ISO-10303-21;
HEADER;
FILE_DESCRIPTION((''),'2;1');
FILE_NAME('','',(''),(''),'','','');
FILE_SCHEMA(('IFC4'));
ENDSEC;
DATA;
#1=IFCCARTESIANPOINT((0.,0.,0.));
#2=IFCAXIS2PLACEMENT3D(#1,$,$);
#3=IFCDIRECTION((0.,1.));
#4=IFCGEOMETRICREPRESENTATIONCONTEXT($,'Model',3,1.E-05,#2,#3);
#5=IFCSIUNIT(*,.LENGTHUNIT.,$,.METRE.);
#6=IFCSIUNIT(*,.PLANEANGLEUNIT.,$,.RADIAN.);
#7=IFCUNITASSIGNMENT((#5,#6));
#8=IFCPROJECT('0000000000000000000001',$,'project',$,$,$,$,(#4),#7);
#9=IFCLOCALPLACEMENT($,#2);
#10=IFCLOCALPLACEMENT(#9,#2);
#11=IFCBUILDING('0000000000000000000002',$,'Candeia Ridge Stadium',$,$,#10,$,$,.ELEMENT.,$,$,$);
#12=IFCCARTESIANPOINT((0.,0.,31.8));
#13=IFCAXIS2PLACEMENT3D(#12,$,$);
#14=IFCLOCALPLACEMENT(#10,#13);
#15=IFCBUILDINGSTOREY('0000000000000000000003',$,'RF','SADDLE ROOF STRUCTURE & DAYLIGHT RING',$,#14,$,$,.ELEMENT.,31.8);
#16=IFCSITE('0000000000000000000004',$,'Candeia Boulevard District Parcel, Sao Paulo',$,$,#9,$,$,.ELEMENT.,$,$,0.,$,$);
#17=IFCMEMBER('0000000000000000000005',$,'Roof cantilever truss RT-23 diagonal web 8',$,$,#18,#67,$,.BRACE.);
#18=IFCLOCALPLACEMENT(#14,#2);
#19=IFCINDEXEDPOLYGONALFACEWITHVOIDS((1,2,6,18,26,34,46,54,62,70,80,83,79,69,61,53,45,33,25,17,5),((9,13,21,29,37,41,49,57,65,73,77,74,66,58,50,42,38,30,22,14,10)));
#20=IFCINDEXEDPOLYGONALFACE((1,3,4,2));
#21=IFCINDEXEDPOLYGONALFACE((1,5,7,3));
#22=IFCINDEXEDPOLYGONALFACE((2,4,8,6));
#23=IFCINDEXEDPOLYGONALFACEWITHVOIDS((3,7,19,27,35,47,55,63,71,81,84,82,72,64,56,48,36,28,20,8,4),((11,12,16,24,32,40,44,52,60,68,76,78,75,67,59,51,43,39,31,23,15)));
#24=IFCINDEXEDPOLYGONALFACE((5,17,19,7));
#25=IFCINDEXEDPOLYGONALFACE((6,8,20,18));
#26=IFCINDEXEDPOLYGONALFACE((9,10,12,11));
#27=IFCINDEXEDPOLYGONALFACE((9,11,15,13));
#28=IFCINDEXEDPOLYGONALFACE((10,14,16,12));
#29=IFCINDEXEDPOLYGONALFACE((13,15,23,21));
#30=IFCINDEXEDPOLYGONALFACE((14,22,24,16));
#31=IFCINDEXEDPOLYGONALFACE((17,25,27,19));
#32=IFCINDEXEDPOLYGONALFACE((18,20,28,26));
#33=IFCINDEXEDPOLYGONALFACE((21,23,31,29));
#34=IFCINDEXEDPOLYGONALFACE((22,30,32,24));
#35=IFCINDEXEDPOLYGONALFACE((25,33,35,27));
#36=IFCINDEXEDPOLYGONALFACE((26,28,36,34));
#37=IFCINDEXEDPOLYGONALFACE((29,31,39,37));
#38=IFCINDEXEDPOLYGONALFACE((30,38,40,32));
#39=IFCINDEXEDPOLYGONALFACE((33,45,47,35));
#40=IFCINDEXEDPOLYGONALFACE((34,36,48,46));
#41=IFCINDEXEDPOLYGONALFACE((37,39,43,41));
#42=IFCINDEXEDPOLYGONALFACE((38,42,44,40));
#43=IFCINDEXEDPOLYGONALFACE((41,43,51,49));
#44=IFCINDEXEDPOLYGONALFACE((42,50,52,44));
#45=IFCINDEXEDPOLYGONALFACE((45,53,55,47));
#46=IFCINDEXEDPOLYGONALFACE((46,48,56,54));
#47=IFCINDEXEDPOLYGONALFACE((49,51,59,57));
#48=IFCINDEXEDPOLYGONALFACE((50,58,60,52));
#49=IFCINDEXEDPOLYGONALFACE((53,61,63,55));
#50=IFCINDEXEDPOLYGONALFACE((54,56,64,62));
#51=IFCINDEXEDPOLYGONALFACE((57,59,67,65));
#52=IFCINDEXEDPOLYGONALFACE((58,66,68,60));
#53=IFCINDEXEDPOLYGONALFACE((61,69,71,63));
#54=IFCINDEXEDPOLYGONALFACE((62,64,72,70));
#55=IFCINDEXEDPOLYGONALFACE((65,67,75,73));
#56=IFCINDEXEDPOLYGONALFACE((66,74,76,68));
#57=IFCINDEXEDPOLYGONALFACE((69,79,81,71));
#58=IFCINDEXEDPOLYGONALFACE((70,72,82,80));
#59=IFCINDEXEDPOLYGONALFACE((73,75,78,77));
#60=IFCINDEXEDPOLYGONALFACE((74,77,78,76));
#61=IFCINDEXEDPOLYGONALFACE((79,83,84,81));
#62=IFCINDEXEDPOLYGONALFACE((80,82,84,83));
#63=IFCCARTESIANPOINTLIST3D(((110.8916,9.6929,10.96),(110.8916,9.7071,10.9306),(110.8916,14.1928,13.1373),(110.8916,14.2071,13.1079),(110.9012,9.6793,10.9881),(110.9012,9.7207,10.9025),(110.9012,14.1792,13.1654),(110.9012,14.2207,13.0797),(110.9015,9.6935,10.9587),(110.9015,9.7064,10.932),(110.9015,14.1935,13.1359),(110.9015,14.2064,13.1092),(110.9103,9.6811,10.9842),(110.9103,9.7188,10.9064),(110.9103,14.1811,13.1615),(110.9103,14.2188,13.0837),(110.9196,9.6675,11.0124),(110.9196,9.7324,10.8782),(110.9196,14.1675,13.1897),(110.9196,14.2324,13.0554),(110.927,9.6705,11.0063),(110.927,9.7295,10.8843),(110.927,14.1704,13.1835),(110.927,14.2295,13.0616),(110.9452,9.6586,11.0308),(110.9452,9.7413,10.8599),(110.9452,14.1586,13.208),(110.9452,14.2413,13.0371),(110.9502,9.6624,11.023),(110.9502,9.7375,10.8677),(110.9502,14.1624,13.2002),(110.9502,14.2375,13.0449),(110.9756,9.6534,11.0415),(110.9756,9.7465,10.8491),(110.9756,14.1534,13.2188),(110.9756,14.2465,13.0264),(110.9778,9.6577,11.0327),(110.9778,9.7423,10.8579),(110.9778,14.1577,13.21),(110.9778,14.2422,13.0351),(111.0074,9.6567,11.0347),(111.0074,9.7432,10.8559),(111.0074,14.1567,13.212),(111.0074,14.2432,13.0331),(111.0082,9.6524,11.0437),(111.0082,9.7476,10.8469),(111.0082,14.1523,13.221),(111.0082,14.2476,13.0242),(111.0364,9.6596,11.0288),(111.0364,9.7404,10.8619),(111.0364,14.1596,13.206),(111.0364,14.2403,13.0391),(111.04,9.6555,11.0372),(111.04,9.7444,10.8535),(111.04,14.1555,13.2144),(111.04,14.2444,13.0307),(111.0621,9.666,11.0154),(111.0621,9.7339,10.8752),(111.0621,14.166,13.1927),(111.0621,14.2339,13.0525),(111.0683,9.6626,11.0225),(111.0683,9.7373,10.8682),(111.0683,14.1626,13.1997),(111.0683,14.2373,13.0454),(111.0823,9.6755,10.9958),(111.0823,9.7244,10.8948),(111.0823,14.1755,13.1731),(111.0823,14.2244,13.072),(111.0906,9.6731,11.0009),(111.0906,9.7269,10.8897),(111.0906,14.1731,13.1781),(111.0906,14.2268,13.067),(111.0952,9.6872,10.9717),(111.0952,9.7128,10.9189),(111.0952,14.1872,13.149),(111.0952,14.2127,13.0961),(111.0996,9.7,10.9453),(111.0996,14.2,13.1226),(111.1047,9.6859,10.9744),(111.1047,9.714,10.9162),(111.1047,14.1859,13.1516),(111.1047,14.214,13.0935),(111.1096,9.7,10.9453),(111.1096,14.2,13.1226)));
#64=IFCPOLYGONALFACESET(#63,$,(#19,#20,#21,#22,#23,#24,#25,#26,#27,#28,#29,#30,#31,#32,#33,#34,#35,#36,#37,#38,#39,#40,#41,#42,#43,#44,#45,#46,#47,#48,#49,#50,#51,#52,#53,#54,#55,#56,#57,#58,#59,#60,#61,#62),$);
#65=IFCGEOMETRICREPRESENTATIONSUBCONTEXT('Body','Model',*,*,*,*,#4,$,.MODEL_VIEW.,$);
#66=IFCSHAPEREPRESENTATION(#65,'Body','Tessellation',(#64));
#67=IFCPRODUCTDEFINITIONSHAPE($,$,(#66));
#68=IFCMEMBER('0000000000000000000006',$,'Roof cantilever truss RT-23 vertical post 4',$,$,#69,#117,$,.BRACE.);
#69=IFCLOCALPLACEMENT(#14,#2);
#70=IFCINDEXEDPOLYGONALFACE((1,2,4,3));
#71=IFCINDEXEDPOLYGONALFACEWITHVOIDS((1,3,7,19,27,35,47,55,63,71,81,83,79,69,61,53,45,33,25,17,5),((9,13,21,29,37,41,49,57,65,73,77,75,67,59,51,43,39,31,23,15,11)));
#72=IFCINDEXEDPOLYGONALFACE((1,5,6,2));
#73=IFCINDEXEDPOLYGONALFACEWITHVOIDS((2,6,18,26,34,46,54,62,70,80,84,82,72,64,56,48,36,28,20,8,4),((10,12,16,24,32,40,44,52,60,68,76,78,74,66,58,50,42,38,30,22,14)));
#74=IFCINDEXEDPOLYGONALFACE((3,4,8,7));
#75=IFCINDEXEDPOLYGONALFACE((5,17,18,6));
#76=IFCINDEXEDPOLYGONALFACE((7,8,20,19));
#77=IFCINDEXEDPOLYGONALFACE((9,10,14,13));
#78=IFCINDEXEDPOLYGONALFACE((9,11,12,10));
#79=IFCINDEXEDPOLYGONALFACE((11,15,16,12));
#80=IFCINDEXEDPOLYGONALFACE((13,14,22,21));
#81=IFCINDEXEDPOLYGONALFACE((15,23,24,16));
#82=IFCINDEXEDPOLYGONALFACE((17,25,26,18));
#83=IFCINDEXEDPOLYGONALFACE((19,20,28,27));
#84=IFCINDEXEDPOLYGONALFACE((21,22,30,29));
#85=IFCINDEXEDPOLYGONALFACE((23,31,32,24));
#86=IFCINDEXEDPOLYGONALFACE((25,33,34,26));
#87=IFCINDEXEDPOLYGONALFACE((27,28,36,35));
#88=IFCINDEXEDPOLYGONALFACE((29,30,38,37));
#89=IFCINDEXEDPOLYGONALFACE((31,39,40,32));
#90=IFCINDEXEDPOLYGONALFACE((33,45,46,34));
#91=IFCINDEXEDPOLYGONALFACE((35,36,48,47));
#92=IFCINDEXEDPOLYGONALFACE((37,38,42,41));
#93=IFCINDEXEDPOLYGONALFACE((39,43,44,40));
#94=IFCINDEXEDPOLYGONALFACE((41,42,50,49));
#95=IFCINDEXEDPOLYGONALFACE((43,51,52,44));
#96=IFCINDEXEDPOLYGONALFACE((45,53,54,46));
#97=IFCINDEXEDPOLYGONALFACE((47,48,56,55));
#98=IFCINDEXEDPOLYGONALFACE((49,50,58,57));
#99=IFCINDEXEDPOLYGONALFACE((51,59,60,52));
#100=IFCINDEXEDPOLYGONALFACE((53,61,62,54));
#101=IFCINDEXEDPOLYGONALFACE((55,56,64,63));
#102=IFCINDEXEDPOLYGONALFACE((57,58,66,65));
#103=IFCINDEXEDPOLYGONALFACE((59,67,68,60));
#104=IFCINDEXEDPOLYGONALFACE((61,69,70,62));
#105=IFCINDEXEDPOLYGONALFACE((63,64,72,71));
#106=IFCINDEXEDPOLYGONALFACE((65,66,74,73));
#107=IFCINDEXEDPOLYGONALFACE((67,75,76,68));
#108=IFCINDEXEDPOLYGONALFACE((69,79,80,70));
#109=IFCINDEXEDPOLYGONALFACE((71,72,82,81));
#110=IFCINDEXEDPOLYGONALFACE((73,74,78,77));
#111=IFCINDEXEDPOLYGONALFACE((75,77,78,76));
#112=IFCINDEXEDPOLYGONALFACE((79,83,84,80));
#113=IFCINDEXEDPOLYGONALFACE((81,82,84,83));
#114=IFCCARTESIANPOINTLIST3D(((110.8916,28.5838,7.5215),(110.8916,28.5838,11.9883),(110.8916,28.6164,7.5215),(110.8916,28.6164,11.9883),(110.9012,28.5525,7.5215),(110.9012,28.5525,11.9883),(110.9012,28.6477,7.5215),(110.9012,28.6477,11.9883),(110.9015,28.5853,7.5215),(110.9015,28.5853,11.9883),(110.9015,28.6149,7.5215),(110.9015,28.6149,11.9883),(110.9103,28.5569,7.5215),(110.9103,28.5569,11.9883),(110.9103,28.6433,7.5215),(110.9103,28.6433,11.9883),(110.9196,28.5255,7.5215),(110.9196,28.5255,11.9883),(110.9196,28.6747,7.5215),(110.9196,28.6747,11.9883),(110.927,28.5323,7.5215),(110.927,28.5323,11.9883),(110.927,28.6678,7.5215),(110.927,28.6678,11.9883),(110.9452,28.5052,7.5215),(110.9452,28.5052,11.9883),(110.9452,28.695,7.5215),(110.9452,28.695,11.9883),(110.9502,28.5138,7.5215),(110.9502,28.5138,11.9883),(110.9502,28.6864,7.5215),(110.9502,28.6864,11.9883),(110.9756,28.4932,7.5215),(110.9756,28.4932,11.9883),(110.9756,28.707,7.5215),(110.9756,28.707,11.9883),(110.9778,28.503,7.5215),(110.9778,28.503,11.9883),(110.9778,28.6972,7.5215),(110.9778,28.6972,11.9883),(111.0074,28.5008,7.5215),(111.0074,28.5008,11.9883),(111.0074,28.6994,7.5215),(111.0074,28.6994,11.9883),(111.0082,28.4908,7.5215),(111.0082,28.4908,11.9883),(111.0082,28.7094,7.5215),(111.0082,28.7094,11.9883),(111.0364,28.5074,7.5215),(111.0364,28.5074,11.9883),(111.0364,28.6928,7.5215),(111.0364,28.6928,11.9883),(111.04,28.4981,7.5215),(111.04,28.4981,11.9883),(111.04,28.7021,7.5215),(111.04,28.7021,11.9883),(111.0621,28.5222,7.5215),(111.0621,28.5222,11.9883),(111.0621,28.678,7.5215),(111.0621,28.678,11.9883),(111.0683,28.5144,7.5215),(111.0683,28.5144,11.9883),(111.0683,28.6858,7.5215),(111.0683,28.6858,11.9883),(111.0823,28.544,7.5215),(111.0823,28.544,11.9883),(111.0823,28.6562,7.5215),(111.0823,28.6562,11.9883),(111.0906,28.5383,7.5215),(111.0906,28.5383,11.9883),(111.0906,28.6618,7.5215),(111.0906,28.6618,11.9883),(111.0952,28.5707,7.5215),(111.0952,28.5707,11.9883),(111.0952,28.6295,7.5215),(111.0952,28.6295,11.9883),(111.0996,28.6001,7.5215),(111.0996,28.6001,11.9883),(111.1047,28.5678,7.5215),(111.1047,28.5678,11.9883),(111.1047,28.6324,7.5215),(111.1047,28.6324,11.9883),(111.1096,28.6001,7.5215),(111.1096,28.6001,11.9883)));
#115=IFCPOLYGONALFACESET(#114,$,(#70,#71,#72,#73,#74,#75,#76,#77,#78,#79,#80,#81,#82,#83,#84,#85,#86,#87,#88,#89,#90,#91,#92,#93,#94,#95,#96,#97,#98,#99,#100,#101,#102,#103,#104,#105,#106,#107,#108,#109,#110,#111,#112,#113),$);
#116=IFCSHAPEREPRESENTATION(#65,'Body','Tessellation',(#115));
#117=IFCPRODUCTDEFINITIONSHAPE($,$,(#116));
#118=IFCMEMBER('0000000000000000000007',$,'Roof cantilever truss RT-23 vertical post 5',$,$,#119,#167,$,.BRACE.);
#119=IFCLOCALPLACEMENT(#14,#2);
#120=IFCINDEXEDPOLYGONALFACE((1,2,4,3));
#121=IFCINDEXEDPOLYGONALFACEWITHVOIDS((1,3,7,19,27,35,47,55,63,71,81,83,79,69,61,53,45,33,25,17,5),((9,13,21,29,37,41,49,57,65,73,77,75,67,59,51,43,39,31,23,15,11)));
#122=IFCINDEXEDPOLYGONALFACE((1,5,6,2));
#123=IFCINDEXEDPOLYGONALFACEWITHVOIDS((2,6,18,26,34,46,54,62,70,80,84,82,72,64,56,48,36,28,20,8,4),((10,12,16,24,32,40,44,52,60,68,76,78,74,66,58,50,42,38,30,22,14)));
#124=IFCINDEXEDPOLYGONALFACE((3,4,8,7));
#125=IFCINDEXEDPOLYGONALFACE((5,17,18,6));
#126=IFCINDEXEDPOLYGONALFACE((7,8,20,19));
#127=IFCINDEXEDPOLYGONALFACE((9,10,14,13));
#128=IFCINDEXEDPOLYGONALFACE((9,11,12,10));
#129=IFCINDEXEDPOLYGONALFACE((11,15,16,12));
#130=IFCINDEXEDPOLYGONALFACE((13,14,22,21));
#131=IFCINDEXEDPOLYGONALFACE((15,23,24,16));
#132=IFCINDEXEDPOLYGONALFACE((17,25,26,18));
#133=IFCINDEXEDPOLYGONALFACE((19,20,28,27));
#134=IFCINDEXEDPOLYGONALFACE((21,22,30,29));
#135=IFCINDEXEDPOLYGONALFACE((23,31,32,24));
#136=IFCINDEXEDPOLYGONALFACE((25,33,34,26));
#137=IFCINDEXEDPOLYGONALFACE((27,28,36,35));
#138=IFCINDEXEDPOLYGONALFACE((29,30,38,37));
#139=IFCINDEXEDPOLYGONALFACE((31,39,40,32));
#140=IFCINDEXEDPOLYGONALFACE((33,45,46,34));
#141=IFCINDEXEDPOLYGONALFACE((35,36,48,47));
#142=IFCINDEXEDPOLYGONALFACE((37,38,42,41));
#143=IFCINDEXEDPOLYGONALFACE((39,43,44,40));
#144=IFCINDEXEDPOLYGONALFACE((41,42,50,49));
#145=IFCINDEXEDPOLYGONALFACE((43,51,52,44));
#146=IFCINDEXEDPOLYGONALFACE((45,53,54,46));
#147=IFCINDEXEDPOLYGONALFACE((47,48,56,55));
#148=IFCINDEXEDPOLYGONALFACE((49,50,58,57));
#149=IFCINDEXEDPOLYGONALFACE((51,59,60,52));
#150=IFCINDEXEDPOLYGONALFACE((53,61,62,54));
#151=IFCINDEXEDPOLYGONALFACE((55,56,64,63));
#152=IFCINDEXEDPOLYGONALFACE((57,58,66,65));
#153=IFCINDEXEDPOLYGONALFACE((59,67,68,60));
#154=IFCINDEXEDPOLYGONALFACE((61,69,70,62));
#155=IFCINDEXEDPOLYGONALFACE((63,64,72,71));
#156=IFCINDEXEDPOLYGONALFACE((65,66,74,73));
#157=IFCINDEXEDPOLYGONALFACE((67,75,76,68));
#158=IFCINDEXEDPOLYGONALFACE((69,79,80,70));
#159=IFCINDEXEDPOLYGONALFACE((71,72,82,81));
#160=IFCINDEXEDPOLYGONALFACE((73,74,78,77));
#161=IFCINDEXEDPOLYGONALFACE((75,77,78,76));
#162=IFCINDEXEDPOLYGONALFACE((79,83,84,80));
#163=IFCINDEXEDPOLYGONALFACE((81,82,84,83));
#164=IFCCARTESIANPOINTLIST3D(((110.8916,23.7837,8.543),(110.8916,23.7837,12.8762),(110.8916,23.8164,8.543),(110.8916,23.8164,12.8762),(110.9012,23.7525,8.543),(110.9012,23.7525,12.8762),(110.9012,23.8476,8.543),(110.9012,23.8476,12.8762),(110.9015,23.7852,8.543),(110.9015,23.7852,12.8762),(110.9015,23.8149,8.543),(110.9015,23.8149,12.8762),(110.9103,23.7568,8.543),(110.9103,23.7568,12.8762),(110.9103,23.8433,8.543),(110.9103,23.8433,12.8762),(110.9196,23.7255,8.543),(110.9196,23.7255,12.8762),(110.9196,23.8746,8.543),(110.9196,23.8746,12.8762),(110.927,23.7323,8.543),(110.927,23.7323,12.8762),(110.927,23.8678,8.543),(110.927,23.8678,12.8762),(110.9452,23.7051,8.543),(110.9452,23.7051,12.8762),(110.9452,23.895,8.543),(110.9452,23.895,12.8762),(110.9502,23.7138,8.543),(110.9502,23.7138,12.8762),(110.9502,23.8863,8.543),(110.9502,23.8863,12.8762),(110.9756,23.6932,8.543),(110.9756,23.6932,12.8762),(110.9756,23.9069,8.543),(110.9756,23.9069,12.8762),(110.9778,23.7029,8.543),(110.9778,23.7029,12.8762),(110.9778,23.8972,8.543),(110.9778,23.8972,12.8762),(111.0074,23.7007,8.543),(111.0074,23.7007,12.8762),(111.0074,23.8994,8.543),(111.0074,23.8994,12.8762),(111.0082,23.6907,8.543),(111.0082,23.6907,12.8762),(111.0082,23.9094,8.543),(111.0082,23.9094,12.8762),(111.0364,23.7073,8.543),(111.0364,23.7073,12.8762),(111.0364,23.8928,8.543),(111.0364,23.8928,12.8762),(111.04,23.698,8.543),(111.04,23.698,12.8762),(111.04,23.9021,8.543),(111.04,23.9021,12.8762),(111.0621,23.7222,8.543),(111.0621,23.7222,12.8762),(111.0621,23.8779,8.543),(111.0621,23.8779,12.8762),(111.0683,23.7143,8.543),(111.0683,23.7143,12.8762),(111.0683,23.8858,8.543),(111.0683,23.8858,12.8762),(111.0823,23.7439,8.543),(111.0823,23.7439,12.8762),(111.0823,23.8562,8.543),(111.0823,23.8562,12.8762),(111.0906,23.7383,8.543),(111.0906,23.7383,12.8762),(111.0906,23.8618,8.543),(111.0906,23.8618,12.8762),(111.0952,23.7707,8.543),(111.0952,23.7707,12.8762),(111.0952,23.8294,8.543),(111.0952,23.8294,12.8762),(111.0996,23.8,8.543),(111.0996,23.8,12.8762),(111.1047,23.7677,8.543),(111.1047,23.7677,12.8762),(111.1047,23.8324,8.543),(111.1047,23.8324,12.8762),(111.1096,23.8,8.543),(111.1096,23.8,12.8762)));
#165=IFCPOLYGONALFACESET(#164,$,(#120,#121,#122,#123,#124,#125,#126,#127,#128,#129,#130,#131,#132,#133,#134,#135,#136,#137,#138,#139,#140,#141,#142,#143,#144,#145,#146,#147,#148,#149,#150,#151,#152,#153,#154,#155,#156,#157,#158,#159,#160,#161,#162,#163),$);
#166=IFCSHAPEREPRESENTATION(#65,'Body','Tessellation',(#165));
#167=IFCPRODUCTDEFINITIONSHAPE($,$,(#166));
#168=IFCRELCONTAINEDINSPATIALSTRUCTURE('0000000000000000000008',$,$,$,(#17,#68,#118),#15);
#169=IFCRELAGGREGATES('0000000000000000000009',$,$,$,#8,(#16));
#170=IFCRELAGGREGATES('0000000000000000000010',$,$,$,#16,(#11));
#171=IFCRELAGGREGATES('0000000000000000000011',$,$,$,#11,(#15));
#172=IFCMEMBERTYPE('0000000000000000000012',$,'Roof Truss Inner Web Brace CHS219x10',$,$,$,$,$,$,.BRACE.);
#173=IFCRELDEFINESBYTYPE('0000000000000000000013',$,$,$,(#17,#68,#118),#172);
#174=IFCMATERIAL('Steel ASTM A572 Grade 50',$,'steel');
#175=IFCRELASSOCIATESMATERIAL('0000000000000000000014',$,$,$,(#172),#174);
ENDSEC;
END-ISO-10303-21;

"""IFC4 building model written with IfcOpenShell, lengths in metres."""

from ifc_helpers import new_model, si_unit, direction, frame, origin, origin_2d, place, context, subcontext, project, spatial, hollow_circle, extrude, material, material_profile, profile_set, type_object, element, save


model = new_model("IFC4")

# Units and contexts
model_context = context("Model", 3, precision=1e-05, world=origin(), true_north=direction((0.0, 1.0)))
body_context = subcontext(model_context, "Body", "Model", "MODEL_VIEW")
ifc_project = project(units=[si_unit("LENGTHUNIT", "METRE"), si_unit("PLANEANGLEUNIT", "RADIAN")], contexts=[model_context])

# Site, building, storey
site_placement = place(None, origin())
site = spatial("IfcSite", under=ifc_project, at=site_placement, Name="Candeia Boulevard District Parcel, Sao Paulo", CompositionType="ELEMENT", RefElevation=0.0)
building_placement = place(site_placement, origin())
building = spatial("IfcBuilding", under=site, at=building_placement, Name="Candeia Ridge Stadium", CompositionType="ELEMENT")
storey_placement = place(building_placement, frame((0.0, 0.0, 31.8)))
storey = spatial("IfcBuildingStorey", under=building, at=storey_placement, Name="RF", Description="SADDLE ROOF STRUCTURE & DAYLIGHT RING", CompositionType="ELEMENT", Elevation=31.8)

# Shared definitions
ifc_material_1 = material(Name="Steel ASTM A572 Grade 50", Category="steel")

# Members
ifc_material_profile_1 = material_profile(ifc_material_1, hollow_circle(Radius=0.1096, WallThickness=0.01, at=origin_2d()), Name="CHS219x10", Category="steel")
ifc_profile_set_1 = profile_set([ifc_material_profile_1], Name="Steel ASTM A572 Grade 50")
member_type_1 = type_object("IfcMemberType", Name="Roof Truss Inner Web Brace CHS219x10", PredefinedType="BRACE", material=ifc_profile_set_1)
member_1_placement = place(storey_placement, frame((111.0, 14.2, 13.1226), z_axis=(0.0, -0.900173, -0.435533), x_axis=(1.0, 0.0, 0.0)))
element("IfcMember", 1, at=member_1_placement, inside=storey, type_object=member_type_1, Name="Roof cantilever truss RT-23 diagonal web 8", PredefinedType="BRACE", context=body_context, shape_type="SweptSolid", body=[
    extrude(hollow_circle(Radius=0.1096, WallThickness=0.01, at=origin_2d()), origin(), (0.0, 0.0, 1.0), 4.999),
])
member_2_placement = place(storey_placement, frame((111.0, 28.6001, 7.5215), z_axis=(0.0, 0.0, 1.0), x_axis=(1.0, 0.0, 0.0)))
element("IfcMember", 2, at=member_2_placement, inside=storey, type_object=member_type_1, Name="Roof cantilever truss RT-23 vertical post 4", PredefinedType="BRACE", context=body_context, shape_type="SweptSolid", body=[
    extrude(hollow_circle(Radius=0.1096, WallThickness=0.01, at=origin_2d()), origin(), (0.0, 0.0, 1.0), 4.4668),
])
member_3_placement = place(storey_placement, frame((111.0, 23.8, 8.543), z_axis=(0.0, 0.0, 1.0), x_axis=(1.0, 0.0, 0.0)))
element("IfcMember", 3, at=member_3_placement, inside=storey, type_object=member_type_1, Name="Roof cantilever truss RT-23 vertical post 5", PredefinedType="BRACE", context=body_context, shape_type="SweptSolid", body=[
    extrude(hollow_circle(Radius=0.1096, WallThickness=0.01, at=origin_2d()), origin(), (0.0, 0.0, 1.0), 4.3333),
])

save(model, "model.ifc")
